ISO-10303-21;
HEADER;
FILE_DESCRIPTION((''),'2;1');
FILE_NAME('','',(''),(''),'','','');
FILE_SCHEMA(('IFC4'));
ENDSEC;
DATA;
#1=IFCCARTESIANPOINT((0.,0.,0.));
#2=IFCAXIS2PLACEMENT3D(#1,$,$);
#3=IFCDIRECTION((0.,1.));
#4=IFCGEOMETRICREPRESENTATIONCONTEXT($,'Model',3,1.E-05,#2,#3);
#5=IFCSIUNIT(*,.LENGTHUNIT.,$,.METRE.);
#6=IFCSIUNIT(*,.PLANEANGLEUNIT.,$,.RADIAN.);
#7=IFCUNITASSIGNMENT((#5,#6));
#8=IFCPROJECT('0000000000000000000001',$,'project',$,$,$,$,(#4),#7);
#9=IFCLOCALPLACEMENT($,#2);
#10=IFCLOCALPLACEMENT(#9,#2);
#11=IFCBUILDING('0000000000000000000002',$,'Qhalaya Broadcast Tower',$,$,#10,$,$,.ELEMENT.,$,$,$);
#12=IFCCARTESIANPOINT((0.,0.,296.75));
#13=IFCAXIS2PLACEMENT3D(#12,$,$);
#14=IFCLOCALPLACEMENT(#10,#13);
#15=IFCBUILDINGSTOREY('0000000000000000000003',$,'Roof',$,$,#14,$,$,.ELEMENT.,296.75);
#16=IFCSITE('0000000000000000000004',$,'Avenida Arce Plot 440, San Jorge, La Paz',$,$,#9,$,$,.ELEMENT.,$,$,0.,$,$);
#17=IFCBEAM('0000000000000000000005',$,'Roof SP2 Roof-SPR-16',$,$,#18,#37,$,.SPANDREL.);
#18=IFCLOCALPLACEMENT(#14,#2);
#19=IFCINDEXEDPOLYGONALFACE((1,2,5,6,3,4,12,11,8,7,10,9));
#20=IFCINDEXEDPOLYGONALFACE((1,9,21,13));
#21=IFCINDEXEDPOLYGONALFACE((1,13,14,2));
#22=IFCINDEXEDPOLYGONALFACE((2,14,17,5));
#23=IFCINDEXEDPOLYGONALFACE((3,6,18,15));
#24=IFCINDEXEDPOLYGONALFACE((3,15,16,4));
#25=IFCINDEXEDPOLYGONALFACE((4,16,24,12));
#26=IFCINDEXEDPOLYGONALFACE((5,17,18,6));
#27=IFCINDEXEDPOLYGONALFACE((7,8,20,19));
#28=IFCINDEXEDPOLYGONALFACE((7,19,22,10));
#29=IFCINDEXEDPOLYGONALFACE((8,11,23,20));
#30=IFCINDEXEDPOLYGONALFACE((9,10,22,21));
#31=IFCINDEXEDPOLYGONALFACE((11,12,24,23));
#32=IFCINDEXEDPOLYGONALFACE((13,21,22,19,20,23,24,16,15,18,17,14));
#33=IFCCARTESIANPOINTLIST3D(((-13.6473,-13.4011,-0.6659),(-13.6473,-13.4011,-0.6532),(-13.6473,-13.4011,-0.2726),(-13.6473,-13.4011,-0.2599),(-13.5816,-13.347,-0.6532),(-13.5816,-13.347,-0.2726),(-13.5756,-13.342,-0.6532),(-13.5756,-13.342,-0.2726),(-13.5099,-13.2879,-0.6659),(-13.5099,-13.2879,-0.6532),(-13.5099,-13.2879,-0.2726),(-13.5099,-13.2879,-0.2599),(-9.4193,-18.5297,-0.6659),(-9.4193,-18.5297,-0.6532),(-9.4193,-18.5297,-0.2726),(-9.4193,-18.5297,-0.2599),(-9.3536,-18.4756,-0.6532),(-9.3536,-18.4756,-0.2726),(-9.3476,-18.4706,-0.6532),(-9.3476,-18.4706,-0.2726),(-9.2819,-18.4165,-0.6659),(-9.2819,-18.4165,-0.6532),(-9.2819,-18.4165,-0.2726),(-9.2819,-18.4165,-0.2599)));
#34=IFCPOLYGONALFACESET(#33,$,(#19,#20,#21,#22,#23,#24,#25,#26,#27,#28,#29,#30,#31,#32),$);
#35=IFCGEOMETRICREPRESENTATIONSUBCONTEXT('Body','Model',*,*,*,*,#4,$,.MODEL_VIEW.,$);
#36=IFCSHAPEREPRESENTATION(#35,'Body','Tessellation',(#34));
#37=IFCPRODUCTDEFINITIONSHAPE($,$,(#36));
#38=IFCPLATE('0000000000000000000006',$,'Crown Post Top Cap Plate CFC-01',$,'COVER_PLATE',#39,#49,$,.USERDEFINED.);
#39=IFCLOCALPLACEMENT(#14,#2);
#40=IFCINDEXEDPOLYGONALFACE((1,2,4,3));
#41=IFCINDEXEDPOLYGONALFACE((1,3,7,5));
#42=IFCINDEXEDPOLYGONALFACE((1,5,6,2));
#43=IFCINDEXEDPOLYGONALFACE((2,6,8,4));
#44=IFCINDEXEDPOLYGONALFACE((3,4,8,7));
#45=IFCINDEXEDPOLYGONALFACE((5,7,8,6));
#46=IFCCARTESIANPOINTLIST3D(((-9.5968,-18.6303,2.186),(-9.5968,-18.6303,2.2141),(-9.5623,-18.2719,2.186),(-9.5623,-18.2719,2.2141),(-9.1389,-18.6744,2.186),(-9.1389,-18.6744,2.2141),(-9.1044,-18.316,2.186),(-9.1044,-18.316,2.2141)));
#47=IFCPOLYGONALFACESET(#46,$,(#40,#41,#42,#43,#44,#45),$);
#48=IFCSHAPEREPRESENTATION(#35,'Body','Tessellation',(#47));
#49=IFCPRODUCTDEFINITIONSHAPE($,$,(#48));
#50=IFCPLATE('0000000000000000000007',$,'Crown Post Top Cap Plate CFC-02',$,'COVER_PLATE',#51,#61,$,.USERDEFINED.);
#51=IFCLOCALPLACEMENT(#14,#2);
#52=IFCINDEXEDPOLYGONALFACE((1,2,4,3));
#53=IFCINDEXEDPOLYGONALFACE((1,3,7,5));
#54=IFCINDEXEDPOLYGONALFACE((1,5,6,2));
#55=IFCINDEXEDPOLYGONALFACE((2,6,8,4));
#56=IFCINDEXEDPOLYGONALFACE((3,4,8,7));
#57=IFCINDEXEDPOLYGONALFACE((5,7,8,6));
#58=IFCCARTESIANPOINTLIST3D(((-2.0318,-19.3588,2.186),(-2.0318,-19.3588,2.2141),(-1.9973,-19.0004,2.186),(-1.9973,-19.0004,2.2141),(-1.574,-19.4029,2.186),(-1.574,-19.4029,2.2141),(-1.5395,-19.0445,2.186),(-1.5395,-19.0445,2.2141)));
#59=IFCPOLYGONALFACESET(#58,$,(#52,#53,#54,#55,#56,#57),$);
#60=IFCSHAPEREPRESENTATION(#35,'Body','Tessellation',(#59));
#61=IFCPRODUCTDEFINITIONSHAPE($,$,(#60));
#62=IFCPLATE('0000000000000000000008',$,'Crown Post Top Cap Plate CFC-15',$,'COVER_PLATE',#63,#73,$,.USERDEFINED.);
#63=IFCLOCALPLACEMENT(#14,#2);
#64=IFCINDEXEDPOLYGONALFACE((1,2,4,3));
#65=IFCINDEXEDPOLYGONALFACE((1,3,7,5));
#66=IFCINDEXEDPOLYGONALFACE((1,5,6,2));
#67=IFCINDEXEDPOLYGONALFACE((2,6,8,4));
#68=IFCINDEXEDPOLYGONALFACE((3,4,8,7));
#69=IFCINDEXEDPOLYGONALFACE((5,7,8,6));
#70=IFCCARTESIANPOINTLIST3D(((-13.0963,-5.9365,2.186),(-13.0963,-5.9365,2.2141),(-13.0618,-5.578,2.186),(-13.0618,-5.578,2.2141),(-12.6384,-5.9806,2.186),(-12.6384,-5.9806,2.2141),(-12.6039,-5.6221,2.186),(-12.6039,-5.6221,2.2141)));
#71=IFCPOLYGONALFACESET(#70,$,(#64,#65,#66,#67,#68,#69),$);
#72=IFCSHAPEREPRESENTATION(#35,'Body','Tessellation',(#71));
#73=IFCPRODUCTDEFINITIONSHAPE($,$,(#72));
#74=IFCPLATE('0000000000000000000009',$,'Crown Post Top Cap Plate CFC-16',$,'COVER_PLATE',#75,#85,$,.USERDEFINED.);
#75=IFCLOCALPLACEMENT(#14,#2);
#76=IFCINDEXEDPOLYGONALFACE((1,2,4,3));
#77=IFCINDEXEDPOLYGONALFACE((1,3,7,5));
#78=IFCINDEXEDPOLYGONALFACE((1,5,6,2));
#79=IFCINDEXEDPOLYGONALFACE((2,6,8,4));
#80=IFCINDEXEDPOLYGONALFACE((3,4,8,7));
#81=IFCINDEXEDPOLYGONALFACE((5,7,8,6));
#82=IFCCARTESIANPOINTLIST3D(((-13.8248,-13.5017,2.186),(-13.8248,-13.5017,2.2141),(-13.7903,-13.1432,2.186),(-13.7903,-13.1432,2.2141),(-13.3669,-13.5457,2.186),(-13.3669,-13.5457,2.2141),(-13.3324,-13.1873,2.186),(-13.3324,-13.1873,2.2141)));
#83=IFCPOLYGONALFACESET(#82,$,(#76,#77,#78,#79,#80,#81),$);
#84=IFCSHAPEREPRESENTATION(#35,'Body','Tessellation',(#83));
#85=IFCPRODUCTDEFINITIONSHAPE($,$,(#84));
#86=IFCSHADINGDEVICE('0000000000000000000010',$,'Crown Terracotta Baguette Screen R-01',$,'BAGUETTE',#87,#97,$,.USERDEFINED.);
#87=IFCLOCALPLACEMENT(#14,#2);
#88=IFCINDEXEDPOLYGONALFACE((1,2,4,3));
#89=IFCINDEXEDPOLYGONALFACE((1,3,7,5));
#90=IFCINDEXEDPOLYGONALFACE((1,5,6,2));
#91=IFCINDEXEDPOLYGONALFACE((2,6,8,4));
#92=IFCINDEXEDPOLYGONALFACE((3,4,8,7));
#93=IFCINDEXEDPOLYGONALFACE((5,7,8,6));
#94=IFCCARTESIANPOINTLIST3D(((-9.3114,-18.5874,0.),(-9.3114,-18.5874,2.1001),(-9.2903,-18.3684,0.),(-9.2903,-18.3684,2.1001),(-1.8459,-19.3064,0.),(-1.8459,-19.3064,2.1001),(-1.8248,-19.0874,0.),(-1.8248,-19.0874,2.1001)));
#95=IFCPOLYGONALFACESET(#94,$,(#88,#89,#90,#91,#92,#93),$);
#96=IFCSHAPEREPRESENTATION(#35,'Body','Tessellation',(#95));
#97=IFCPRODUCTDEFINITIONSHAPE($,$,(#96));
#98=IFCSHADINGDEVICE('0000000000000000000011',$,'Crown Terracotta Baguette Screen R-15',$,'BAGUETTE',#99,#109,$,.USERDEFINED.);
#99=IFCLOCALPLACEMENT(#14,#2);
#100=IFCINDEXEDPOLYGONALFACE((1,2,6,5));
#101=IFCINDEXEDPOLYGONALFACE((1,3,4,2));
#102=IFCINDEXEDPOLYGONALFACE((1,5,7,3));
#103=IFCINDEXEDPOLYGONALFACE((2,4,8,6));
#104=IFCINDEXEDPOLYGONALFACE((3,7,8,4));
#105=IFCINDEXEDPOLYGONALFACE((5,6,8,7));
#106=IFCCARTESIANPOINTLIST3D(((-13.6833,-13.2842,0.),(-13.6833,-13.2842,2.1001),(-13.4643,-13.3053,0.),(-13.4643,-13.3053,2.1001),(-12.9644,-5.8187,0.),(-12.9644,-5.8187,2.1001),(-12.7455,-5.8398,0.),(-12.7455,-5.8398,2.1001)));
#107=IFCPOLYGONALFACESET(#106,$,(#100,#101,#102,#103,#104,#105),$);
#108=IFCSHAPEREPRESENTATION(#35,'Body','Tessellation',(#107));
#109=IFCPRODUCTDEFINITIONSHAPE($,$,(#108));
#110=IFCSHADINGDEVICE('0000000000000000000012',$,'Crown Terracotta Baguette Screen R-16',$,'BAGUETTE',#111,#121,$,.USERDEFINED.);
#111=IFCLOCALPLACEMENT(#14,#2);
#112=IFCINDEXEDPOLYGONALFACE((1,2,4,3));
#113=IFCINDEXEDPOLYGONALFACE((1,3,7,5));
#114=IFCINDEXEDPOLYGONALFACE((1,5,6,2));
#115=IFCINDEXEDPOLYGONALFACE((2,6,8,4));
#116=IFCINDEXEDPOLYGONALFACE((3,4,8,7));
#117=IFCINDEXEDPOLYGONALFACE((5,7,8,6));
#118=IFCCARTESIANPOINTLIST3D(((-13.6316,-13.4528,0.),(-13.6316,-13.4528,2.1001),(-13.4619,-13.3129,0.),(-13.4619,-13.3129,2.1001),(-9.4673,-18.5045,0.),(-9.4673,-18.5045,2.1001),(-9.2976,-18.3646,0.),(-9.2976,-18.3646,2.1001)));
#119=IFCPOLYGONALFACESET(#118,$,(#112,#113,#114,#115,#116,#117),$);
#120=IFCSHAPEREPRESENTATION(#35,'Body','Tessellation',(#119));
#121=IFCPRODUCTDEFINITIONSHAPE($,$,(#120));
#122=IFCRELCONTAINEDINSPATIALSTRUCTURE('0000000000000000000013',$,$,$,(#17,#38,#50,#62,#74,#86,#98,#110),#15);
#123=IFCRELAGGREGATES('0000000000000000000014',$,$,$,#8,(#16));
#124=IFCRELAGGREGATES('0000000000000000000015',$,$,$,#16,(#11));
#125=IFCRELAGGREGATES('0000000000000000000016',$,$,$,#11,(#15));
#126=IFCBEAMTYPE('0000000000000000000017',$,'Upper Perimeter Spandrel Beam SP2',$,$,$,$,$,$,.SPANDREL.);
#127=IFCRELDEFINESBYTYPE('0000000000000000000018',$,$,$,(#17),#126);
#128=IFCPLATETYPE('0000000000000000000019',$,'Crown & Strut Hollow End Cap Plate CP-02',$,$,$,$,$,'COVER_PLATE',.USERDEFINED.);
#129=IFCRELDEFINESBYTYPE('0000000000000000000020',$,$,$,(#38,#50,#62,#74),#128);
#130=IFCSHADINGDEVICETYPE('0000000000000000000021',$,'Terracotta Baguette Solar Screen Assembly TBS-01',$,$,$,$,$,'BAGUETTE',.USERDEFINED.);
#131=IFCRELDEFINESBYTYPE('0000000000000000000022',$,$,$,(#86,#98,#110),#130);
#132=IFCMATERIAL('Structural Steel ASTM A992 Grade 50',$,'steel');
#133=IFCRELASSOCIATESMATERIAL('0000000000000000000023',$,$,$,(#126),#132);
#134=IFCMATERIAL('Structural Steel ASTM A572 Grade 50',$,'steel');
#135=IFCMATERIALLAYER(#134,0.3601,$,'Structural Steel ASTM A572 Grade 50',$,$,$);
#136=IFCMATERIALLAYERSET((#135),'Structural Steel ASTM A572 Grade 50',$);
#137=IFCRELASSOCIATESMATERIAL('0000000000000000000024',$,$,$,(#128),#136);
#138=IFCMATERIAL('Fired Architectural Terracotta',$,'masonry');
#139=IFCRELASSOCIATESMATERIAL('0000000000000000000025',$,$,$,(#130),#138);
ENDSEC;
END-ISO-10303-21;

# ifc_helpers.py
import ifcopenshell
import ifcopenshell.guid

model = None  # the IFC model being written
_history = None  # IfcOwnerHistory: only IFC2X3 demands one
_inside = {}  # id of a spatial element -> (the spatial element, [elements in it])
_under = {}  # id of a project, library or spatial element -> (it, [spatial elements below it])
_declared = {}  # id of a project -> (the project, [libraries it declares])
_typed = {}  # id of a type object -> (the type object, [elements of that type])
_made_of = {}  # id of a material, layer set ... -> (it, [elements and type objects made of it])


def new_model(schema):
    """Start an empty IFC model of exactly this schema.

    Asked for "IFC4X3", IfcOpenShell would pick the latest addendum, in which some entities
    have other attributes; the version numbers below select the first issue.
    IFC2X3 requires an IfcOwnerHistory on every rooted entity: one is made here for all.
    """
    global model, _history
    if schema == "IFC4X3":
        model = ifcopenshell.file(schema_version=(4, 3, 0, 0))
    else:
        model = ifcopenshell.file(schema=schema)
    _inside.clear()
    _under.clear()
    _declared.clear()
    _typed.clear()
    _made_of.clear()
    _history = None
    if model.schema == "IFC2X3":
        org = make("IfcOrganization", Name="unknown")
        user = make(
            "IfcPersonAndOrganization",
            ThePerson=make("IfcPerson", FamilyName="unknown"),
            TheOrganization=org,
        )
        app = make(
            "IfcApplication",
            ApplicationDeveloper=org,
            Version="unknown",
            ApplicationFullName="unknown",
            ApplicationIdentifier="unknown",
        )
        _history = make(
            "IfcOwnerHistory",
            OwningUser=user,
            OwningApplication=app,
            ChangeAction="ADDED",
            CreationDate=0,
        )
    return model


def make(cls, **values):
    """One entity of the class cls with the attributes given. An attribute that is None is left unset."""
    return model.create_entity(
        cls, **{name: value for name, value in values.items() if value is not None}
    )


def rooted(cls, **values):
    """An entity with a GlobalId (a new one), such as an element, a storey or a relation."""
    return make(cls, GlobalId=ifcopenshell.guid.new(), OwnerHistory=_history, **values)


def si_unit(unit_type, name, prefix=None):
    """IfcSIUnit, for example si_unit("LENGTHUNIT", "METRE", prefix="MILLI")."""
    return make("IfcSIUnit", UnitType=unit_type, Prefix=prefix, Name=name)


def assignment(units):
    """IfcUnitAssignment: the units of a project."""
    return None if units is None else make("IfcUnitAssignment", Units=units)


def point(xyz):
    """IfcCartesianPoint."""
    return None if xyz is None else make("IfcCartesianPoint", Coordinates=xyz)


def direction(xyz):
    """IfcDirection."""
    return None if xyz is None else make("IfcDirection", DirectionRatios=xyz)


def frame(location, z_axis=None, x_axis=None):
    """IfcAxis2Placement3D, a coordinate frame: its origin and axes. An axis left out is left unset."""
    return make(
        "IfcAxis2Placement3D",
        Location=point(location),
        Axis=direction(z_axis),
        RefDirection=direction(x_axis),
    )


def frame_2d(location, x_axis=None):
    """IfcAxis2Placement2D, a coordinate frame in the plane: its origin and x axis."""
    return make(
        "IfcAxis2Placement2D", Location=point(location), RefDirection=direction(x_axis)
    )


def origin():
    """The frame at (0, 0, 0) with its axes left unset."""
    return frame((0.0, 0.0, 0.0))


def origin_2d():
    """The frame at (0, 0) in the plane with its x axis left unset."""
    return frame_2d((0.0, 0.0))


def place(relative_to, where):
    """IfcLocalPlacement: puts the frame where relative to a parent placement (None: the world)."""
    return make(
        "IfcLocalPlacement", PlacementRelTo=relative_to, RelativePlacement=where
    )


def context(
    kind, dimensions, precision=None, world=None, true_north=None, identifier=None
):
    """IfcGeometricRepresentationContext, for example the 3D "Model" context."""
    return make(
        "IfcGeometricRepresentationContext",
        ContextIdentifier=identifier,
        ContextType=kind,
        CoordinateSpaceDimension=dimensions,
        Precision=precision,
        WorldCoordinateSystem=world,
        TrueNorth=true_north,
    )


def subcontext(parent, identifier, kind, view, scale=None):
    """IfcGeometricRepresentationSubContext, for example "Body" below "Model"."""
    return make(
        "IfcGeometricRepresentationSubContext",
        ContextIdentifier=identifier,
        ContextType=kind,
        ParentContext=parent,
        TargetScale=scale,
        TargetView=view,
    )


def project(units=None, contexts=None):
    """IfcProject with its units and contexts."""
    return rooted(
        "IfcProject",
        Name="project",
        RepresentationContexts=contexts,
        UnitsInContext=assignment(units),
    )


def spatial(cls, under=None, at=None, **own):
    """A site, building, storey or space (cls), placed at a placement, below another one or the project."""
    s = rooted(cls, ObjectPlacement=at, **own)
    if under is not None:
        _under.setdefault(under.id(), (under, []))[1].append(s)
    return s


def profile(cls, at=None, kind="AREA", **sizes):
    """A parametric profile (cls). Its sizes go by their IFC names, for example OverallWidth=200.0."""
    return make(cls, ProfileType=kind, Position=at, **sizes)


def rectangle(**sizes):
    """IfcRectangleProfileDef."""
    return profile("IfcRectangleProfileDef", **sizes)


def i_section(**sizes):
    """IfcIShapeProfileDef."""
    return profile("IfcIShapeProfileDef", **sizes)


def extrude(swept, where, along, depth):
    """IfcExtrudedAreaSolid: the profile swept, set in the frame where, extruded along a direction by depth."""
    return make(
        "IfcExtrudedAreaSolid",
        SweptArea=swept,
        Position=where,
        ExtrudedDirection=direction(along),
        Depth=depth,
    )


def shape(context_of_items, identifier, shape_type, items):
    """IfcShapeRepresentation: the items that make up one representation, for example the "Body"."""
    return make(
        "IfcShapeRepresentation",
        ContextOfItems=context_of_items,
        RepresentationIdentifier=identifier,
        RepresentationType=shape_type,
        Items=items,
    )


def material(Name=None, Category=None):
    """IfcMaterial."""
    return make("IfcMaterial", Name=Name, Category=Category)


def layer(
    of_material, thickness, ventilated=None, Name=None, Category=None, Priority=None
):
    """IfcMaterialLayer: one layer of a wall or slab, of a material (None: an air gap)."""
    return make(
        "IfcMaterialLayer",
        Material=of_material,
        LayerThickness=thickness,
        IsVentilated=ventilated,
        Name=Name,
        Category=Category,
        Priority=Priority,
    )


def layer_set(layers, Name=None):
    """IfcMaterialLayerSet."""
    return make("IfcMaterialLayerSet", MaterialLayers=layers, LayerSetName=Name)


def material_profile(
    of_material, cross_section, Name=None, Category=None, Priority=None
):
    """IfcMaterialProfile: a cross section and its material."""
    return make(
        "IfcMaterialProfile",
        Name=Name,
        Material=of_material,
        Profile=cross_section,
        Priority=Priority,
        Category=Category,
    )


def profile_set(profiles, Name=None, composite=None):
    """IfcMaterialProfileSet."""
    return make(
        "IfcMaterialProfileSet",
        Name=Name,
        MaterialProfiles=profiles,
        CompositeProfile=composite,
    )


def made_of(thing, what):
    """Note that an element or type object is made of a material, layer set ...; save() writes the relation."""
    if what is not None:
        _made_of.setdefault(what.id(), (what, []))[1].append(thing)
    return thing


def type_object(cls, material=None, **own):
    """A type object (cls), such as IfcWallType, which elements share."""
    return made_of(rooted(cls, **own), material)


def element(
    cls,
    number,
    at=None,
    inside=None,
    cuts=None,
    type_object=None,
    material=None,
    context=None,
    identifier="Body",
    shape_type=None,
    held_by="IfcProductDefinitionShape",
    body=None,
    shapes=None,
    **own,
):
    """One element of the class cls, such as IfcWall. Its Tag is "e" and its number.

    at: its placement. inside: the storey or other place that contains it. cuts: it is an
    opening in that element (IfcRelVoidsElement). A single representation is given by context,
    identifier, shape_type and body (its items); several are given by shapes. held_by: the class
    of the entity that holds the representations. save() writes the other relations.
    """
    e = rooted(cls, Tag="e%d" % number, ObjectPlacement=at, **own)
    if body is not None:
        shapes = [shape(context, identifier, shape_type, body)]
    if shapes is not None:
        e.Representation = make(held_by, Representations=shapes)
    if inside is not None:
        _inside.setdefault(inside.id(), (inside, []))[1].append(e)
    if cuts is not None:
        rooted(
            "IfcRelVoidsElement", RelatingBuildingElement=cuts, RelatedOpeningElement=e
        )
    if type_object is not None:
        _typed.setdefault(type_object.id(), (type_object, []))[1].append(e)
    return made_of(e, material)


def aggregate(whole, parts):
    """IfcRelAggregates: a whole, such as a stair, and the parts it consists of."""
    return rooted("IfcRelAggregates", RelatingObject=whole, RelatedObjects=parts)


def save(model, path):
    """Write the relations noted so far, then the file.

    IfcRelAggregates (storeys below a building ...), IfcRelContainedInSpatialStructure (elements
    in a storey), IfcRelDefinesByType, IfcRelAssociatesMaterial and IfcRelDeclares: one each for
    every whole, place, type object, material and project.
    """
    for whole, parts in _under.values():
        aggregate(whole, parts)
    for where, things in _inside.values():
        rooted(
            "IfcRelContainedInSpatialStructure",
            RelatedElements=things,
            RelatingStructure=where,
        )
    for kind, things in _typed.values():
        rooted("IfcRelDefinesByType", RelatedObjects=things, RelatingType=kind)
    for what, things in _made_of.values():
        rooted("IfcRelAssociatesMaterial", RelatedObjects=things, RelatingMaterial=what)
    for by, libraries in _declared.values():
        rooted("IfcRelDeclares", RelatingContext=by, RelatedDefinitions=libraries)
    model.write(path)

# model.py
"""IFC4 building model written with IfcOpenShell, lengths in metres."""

from ifc_helpers import new_model, si_unit, direction, frame, origin, origin_2d, place, context, subcontext, project, spatial, rectangle, i_section, extrude, material, layer, layer_set, material_profile, profile_set, type_object, element, save


model = new_model("IFC4")

# Units and contexts
model_context = context("Model", 3, precision=1e-05, world=origin(), true_north=direction((0.0, 1.0)))
body_context = subcontext(model_context, "Body", "Model", "MODEL_VIEW")
ifc_project = project(units=[si_unit("LENGTHUNIT", "METRE"), si_unit("PLANEANGLEUNIT", "RADIAN")], contexts=[model_context])

# Site, building, storey
site_placement = place(None, origin())
site = spatial("IfcSite", under=ifc_project, at=site_placement, Name="Avenida Arce Plot 440, San Jorge, La Paz", CompositionType="ELEMENT", RefElevation=0.0)
building_placement = place(site_placement, origin())
building = spatial("IfcBuilding", under=site, at=building_placement, Name="Qhalaya Broadcast Tower", CompositionType="ELEMENT")
storey_placement = place(building_placement, frame((0.0, 0.0, 296.75)))
storey = spatial("IfcBuildingStorey", under=building, at=storey_placement, Name="Roof", CompositionType="ELEMENT", Elevation=296.75)

# Shared definitions
ifc_material_1 = material(Name="Structural Steel ASTM A992 Grade 50", Category="steel")

# Shared definitions
ifc_material_2 = material(Name="Structural Steel ASTM A572 Grade 50", Category="steel")

# Beam
ifc_material_profile_1 = material_profile(ifc_material_1, i_section(OverallWidth=0.178, OverallDepth=0.406, WebThickness=0.0078, FlangeThickness=0.0127, at=origin_2d()), Name="W16X40")
ifc_profile_set_1 = profile_set([ifc_material_profile_1], Name="Structural Steel ASTM A992 Grade 50")
beam_type_1 = type_object("IfcBeamType", Name="Upper Perimeter Spandrel Beam SP2", PredefinedType="SPANDREL", material=ifc_profile_set_1)
beam_1_placement = place(storey_placement, frame((-13.5786, -13.3445, -0.4629), z_axis=(0.636104, -0.771604, 0.0), x_axis=(0.771604, 0.636104, 0.0)))
element("IfcBeam", 1, at=beam_1_placement, inside=storey, type_object=beam_type_1, Name="Roof SP2 Roof-SPR-16", PredefinedType="SPANDREL", context=body_context, shape_type="SweptSolid", body=[
    extrude(i_section(OverallWidth=0.178, OverallDepth=0.406, WebThickness=0.0078, FlangeThickness=0.0127, at=origin_2d()), origin(), (0.0, 0.0, 1.0), 6.6467),
])

# Plates
ifc_layer = layer(ifc_material_2, 0.3601, Name="Structural Steel ASTM A572 Grade 50")
ifc_layer_set = layer_set([ifc_layer], Name="Structural Steel ASTM A572 Grade 50")
plate_type = type_object("IfcPlateType", Name="Crown & Strut Hollow End Cap Plate CP-02", ElementType="COVER_PLATE", PredefinedType="USERDEFINED", material=ifc_layer_set)
for number, where, z_axis, x_axis, name in (
    (2, (-9.3506, -18.4731, 2.186), (0.0, 0.0, 1.0), (0.995396, -0.095846, 0.0), "Crown Post Top Cap Plate CFC-01"),
    (3, (-1.7856, -19.2017, 2.186), (0.0, 0.0, 1.0), (0.995396, -0.095846, 0.0), "Crown Post Top Cap Plate CFC-02"),
    (4, (-12.8501, -5.7793, 2.186), (0.0, 0.0, 1.0), (0.995396, -0.095846, 0.0), "Crown Post Top Cap Plate CFC-15"),
    (5, (-13.5786, -13.3445, 2.186), (0.0, 0.0, 1.0), (0.995396, -0.095846, 0.0), "Crown Post Top Cap Plate CFC-16"),
):
    element("IfcPlate", number, at=place(storey_placement, frame(where, z_axis=z_axis, x_axis=x_axis)), inside=storey, type_object=plate_type, Name=name, ObjectType="COVER_PLATE", PredefinedType="USERDEFINED", context=body_context, shape_type="SweptSolid", body=[
        extrude(rectangle(XDim=0.46, YDim=0.3601, at=origin_2d()), origin(), (0.0, 0.0, 1.0), 0.0281),
    ])

# Shading devices
ifc_material_3 = material(Name="Fired Architectural Terracotta", Category="masonry")
shading_device_type = type_object("IfcShadingDeviceType", Name="Terracotta Baguette Solar Screen Assembly TBS-01", ElementType="BAGUETTE", PredefinedType="USERDEFINED", material=ifc_material_3)
for number, where, z_axis, x_axis, name in (
    (6, (-5.5681, -18.8374, 0.0), (0.0, 0.0, 1.0), (0.995395, -0.095863, 0.0), "Crown Terracotta Baguette Screen R-01"),
    (7, (-13.2144, -9.562, 0.0), (0.0, 0.0, 1.0), (-0.095846, -0.995396, 0.0), "Crown Terracotta Baguette Screen R-15"),
):
    element("IfcShadingDevice", number, at=place(storey_placement, frame(where, z_axis=z_axis, x_axis=x_axis)), inside=storey, type_object=shading_device_type, Name=name, ObjectType="BAGUETTE", PredefinedType="USERDEFINED", context=body_context, shape_type="SweptSolid", body=[
        extrude(rectangle(XDim=7.5, YDim=0.22, at=origin_2d()), origin(), (0.0, 0.0, 1.0), 2.1001),
    ])
shading_device_placement = place(storey_placement, frame((-11.4646, -15.9087, 0.0), z_axis=(0.0, 0.0, 1.0), x_axis=(0.636078, -0.771625, 0.0)))
element("IfcShadingDevice", 8, at=shading_device_placement, inside=storey, type_object=shading_device_type, Name="Crown Terracotta Baguette Screen R-16", ObjectType="BAGUETTE", PredefinedType="USERDEFINED", context=body_context, shape_type="SweptSolid", body=[
    extrude(rectangle(XDim=6.5469, YDim=0.22, at=origin_2d()), origin(), (0.0, 0.0, 1.0), 2.1001),
])

save(model, "model.ifc")
